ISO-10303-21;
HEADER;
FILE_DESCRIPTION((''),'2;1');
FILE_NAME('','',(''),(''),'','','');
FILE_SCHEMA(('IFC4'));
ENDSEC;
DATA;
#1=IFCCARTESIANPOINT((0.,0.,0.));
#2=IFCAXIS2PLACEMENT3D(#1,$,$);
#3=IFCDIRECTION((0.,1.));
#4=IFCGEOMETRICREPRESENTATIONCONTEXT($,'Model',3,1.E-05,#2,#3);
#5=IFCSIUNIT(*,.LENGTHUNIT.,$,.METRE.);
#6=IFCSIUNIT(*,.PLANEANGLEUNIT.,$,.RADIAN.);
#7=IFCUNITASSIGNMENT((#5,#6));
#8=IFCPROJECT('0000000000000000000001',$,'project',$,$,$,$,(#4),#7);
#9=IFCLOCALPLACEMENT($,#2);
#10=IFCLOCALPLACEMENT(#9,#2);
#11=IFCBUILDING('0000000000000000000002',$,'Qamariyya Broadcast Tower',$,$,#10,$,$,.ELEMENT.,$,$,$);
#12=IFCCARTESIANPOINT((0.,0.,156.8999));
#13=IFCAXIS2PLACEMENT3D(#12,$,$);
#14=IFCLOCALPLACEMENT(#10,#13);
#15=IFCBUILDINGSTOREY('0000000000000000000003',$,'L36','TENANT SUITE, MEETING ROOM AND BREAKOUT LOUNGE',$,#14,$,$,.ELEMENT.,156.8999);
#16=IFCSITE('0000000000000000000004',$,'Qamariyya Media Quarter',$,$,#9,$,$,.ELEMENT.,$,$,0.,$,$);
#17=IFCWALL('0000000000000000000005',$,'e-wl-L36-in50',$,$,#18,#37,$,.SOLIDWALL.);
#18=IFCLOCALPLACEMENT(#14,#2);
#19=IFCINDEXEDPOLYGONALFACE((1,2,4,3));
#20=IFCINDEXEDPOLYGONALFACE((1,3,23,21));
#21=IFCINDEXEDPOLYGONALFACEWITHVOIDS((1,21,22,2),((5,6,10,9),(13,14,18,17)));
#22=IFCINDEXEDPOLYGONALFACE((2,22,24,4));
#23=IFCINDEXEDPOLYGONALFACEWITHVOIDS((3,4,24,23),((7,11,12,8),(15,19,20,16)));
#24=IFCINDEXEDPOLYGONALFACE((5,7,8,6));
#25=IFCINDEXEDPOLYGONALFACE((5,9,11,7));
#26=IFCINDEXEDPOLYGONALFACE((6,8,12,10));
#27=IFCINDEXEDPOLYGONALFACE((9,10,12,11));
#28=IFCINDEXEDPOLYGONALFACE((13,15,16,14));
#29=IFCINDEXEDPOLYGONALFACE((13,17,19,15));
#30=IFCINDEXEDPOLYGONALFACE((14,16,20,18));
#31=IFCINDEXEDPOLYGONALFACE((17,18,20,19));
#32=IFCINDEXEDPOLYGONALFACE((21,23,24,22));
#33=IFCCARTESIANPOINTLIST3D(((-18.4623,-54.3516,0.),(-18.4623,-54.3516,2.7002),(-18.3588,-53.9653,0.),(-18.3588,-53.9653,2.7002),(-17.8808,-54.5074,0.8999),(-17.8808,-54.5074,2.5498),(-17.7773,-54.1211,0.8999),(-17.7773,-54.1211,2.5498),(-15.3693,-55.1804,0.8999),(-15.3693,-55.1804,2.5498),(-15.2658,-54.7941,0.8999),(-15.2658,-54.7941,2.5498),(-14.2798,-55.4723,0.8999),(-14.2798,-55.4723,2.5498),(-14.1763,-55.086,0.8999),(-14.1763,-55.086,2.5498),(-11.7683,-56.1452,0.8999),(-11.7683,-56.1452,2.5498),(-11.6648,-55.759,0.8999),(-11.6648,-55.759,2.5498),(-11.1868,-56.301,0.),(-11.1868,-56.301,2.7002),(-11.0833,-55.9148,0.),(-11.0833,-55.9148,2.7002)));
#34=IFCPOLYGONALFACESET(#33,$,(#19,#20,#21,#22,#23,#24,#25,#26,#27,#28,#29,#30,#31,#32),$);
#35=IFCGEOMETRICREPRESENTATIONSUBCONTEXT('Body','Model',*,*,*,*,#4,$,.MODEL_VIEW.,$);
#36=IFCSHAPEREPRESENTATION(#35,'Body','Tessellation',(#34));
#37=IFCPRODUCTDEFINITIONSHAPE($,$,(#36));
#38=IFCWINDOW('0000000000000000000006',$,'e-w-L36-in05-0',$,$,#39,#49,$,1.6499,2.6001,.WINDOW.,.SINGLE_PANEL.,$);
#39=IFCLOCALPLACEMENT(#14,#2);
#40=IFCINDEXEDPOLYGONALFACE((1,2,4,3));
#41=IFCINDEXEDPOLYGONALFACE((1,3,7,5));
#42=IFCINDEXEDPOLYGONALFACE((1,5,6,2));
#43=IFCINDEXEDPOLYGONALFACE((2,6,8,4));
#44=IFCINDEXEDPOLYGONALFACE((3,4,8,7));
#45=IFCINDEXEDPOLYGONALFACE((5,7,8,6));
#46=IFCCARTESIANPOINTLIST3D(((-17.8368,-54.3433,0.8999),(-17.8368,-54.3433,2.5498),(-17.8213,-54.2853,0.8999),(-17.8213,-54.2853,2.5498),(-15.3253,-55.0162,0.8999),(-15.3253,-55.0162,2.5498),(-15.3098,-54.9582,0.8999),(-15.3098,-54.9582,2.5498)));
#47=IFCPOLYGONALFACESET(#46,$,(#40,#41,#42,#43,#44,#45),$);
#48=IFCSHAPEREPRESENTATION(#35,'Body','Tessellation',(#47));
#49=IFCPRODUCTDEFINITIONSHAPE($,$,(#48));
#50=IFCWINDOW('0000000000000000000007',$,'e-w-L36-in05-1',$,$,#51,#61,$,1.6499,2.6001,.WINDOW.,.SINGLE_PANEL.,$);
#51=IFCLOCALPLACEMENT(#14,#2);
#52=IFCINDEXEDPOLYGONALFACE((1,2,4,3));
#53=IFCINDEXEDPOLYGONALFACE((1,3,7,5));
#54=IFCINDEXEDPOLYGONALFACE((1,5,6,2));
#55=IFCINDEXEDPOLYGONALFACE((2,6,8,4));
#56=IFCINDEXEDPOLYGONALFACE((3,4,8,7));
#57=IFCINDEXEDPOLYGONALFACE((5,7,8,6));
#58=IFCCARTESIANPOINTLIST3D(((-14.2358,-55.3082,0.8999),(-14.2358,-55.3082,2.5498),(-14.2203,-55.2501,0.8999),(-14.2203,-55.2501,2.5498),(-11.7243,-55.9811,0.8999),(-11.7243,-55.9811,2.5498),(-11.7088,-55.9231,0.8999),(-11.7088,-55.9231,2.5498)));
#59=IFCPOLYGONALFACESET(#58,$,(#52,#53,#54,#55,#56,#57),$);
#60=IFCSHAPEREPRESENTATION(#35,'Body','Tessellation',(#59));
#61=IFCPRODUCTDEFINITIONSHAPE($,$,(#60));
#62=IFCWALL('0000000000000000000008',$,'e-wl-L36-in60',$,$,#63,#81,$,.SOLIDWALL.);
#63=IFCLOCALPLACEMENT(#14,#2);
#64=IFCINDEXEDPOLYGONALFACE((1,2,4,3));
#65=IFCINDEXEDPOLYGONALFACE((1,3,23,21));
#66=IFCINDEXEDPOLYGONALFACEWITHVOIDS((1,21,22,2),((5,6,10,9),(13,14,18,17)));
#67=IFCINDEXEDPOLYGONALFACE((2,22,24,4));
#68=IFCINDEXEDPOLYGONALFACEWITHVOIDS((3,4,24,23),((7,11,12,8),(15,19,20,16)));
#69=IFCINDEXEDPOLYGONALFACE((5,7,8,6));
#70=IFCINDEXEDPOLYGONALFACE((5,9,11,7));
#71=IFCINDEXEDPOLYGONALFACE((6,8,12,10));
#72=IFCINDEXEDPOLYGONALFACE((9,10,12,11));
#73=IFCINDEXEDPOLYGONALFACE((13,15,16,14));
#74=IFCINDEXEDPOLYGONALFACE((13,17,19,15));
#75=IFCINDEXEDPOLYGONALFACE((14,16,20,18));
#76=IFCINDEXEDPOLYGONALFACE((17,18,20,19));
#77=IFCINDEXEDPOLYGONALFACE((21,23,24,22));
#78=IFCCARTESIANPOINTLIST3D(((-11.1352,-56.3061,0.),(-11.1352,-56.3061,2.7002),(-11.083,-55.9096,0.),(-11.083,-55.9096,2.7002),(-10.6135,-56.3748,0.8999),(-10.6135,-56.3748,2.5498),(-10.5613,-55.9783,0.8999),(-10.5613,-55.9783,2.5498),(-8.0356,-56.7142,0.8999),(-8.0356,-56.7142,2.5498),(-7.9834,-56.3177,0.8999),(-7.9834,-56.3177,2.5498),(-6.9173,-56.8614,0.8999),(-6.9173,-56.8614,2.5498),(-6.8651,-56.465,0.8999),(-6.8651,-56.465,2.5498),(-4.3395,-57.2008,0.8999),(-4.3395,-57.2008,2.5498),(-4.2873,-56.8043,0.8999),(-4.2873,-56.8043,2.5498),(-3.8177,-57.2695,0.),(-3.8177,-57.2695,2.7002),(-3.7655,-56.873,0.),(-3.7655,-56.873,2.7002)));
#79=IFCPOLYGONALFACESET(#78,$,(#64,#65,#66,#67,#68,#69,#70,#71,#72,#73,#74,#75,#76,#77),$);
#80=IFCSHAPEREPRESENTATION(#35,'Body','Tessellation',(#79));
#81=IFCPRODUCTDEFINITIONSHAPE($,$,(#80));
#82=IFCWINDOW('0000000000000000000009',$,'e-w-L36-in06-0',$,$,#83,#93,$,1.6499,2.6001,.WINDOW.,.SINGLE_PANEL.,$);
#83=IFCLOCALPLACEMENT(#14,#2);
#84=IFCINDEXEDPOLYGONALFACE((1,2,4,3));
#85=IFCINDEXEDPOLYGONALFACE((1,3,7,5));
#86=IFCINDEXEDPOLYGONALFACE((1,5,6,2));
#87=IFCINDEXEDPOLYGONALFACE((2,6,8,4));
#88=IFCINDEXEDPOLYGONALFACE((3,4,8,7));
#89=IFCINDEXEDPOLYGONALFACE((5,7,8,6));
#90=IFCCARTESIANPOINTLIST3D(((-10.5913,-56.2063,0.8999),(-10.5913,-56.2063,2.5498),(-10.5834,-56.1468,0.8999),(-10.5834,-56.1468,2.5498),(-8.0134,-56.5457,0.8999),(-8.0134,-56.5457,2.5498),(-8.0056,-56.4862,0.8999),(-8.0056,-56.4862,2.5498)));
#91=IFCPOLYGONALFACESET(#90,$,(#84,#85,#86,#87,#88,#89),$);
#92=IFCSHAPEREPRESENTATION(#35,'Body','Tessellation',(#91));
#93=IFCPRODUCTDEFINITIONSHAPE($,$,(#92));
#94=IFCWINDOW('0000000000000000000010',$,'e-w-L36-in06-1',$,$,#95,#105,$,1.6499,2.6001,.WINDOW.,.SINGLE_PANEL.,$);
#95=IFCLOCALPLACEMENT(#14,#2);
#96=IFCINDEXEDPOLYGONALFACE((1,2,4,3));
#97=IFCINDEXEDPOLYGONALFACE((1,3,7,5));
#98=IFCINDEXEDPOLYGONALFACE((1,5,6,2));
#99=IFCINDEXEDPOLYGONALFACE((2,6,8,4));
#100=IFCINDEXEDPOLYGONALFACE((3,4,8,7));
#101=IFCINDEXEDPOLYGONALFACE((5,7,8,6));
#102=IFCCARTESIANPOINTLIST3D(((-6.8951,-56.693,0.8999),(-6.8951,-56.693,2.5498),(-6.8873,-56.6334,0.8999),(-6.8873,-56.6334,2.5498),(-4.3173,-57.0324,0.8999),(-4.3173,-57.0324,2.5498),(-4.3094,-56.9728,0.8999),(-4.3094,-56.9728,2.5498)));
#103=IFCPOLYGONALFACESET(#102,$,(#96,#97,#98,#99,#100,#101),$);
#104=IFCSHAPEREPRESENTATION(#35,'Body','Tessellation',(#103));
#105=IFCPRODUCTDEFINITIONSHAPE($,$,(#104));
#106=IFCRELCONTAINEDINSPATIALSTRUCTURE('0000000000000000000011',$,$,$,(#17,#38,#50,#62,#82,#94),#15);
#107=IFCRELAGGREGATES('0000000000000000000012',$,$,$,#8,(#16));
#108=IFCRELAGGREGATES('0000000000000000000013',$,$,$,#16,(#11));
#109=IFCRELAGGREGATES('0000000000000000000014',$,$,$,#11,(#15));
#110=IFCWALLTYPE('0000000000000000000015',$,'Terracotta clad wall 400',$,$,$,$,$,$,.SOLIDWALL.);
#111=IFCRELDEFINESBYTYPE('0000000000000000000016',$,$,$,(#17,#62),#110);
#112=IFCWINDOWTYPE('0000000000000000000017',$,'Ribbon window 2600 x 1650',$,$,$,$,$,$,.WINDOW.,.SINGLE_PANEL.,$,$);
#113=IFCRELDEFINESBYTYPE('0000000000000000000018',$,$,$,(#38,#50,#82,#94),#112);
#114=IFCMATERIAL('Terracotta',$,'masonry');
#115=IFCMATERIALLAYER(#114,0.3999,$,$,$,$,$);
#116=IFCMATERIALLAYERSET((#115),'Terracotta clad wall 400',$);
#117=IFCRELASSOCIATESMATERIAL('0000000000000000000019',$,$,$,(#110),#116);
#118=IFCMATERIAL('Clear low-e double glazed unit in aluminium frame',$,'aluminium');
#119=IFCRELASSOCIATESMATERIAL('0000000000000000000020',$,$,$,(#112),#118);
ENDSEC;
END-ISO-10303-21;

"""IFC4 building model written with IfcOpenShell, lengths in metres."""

from ifc_helpers import new_model, si_unit, direction, frame, frame_2d, origin, place, context, subcontext, project, spatial, rectangle, extrude, material, layer, layer_set, type_object, element, fill, save


model = new_model("IFC4")

# Units and contexts
model_context = context("Model", 3, precision=1e-05, world=origin(), true_north=direction((0.0, 1.0)))
body_context = subcontext(model_context, "Body", "Model", "MODEL_VIEW")
ifc_project = project(units=[si_unit("LENGTHUNIT", "METRE"), si_unit("PLANEANGLEUNIT", "RADIAN")], contexts=[model_context])

# Site, building, storey
site_placement = place(None, origin())
site = spatial("IfcSite", under=ifc_project, at=site_placement, Name="Qamariyya Media Quarter", CompositionType="ELEMENT", RefElevation=0.0)
building_placement = place(site_placement, origin())
building = spatial("IfcBuilding", under=site, at=building_placement, Name="Qamariyya Broadcast Tower", CompositionType="ELEMENT")
storey_placement = place(building_placement, frame((0.0, 0.0, 156.8999)))
storey = spatial("IfcBuildingStorey", under=building, at=storey_placement, Name="L36", Description="TENANT SUITE, MEETING ROOM AND BREAKOUT LOUNGE", CompositionType="ELEMENT", Elevation=156.8999)

# Walls, openings, windows
ifc_material_1 = material(Name="Terracotta", Category="masonry")
ifc_layer_1 = layer(ifc_material_1, 0.3999)
ifc_layer_set_1 = layer_set([ifc_layer_1], Name="Terracotta clad wall 400")
wall_type_1 = type_object("IfcWallType", Name="Terracotta clad wall 400", PredefinedType="SOLIDWALL", material=ifc_layer_set_1)
ifc_material_2 = material(Name="Clear low-e double glazed unit in aluminium frame", Category="aluminium")
window_type = type_object("IfcWindowType", Name="Ribbon window 2600 x 1650", PartitioningType="SINGLE_PANEL", PredefinedType="WINDOW", material=ifc_material_2)
wall_1_placement = place(storey_placement, frame((-11.135, -56.1079, 0.0), z_axis=(0.0, 0.0, 1.0), x_axis=(-0.965927, 0.258814, 0.0)))
wall_1 = element("IfcWall", 1, at=wall_1_placement, inside=storey, type_object=wall_type_1, Name="e-wl-L36-in50", PredefinedType="SOLIDWALL", context=body_context, shape_type="SweptSolid", body=[
    extrude(rectangle(XDim=7.5322, YDim=0.3999, at=frame_2d((3.7661, 0.0))), origin(), (0.0, 0.0, 1.0), 2.7002),
])
opening_1_placement = place(wall_1_placement, frame((4.3301, 0.0, 0.8999)))
opening_1 = element("IfcOpeningElement", 2, at=opening_1_placement, cuts=wall_1, PredefinedType="OPENING", context=body_context, shape_type="SweptSolid", body=[
    extrude(rectangle(XDim=2.6001, YDim=1.6499, at=frame_2d((1.3, 0.825))), frame((0.0, 0.21, 0.0), z_axis=(0.0, -1.0, 0.0), x_axis=(1.0, 0.0, 0.0)), (0.0, 0.0, 1.0), 0.4199),
])
opening_2_placement = place(wall_1_placement, frame((0.6021, 0.0, 0.8999)))
opening_2 = element("IfcOpeningElement", 3, at=opening_2_placement, cuts=wall_1, PredefinedType="OPENING", context=body_context, shape_type="SweptSolid", body=[
    extrude(rectangle(XDim=2.6001, YDim=1.6499, at=frame_2d((1.3, 0.825))), frame((0.0, 0.21, 0.0), z_axis=(0.0, -1.0, 0.0), x_axis=(1.0, 0.0, 0.0)), (0.0, 0.0, 1.0), 0.4199),
])
window_1_placement = place(opening_1_placement, origin())
window_1 = element("IfcWindow", 4, at=window_1_placement, inside=storey, type_object=window_type, Name="e-w-L36-in05-0", OverallHeight=1.6499, OverallWidth=2.6001, PartitioningType="SINGLE_PANEL", PredefinedType="WINDOW", context=body_context, shape_type="SweptSolid", body=[
    extrude(rectangle(XDim=2.6001, YDim=1.6499, at=frame_2d((1.3, 0.825))), frame((0.0, 0.03, 0.0), z_axis=(0.0, -1.0, 0.0), x_axis=(1.0, 0.0, 0.0)), (0.0, 0.0, 1.0), 0.0601),
])
fill(opening_1, window_1)
window_2_placement = place(opening_2_placement, origin())
window_2 = element("IfcWindow", 5, at=window_2_placement, inside=storey, type_object=window_type, Name="e-w-L36-in05-1", OverallHeight=1.6499, OverallWidth=2.6001, PartitioningType="SINGLE_PANEL", PredefinedType="WINDOW", context=body_context, shape_type="SweptSolid", body=[
    extrude(rectangle(XDim=2.6001, YDim=1.6499, at=frame_2d((1.3, 0.825))), frame((0.0, 0.03, 0.0), z_axis=(0.0, -1.0, 0.0), x_axis=(1.0, 0.0, 0.0)), (0.0, 0.0, 1.0), 0.0601),
])
fill(opening_2, window_2)
wall_2_placement = place(storey_placement, frame((-3.7915, -57.0713, 0.0), z_axis=(0.0, 0.0, 1.0), x_axis=(-0.991444, 0.13053, 0.0)))
wall_2 = element("IfcWall", 6, at=wall_2_placement, inside=storey, type_object=wall_type_1, Name="e-wl-L36-in60", PredefinedType="SOLIDWALL", context=body_context, shape_type="SweptSolid", body=[
    extrude(rectangle(XDim=7.3806, YDim=0.3999, at=frame_2d((3.6904, 0.0))), origin(), (0.0, 0.0, 1.0), 2.7002),
])
opening_3_placement = place(wall_2_placement, frame((4.2544, 0.0, 0.8999)))
opening_3 = element("IfcOpeningElement", 7, at=opening_3_placement, cuts=wall_2, PredefinedType="OPENING", context=body_context, shape_type="SweptSolid", body=[
    extrude(rectangle(XDim=2.6001, YDim=1.6499, at=frame_2d((1.3, 0.825))), frame((0.0, 0.21, 0.0), z_axis=(0.0, -1.0, 0.0), x_axis=(1.0, 0.0, 0.0)), (0.0, 0.0, 1.0), 0.4199),
])
opening_4_placement = place(wall_2_placement, frame((0.5264, 0.0, 0.8999)))
opening_4 = element("IfcOpeningElement", 8, at=opening_4_placement, cuts=wall_2, PredefinedType="OPENING", context=body_context, shape_type="SweptSolid", body=[
    extrude(rectangle(XDim=2.6001, YDim=1.6499, at=frame_2d((1.3, 0.825))), frame((0.0, 0.21, 0.0), z_axis=(0.0, -1.0, 0.0), x_axis=(1.0, 0.0, 0.0)), (0.0, 0.0, 1.0), 0.4199),
])
window_3_placement = place(opening_3_placement, origin())
window_3 = element("IfcWindow", 9, at=window_3_placement, inside=storey, type_object=window_type, Name="e-w-L36-in06-0", OverallHeight=1.6499, OverallWidth=2.6001, PartitioningType="SINGLE_PANEL", PredefinedType="WINDOW", context=body_context, shape_type="SweptSolid", body=[
    extrude(rectangle(XDim=2.6001, YDim=1.6499, at=frame_2d((1.3, 0.825))), frame((0.0, 0.03, 0.0), z_axis=(0.0, -1.0, 0.0), x_axis=(1.0, 0.0, 0.0)), (0.0, 0.0, 1.0), 0.0601),
])
fill(opening_3, window_3)
window_4_placement = place(opening_4_placement, origin())
window_4 = element("IfcWindow", 10, at=window_4_placement, inside=storey, type_object=window_type, Name="e-w-L36-in06-1", OverallHeight=1.6499, OverallWidth=2.6001, PartitioningType="SINGLE_PANEL", PredefinedType="WINDOW", context=body_context, shape_type="SweptSolid", body=[
    extrude(rectangle(XDim=2.6001, YDim=1.6499, at=frame_2d((1.3, 0.825))), frame((0.0, 0.03, 0.0), z_axis=(0.0, -1.0, 0.0), x_axis=(1.0, 0.0, 0.0)), (0.0, 0.0, 1.0), 0.0601),
])
fill(opening_4, window_4)

save(model, "model.ifc")
